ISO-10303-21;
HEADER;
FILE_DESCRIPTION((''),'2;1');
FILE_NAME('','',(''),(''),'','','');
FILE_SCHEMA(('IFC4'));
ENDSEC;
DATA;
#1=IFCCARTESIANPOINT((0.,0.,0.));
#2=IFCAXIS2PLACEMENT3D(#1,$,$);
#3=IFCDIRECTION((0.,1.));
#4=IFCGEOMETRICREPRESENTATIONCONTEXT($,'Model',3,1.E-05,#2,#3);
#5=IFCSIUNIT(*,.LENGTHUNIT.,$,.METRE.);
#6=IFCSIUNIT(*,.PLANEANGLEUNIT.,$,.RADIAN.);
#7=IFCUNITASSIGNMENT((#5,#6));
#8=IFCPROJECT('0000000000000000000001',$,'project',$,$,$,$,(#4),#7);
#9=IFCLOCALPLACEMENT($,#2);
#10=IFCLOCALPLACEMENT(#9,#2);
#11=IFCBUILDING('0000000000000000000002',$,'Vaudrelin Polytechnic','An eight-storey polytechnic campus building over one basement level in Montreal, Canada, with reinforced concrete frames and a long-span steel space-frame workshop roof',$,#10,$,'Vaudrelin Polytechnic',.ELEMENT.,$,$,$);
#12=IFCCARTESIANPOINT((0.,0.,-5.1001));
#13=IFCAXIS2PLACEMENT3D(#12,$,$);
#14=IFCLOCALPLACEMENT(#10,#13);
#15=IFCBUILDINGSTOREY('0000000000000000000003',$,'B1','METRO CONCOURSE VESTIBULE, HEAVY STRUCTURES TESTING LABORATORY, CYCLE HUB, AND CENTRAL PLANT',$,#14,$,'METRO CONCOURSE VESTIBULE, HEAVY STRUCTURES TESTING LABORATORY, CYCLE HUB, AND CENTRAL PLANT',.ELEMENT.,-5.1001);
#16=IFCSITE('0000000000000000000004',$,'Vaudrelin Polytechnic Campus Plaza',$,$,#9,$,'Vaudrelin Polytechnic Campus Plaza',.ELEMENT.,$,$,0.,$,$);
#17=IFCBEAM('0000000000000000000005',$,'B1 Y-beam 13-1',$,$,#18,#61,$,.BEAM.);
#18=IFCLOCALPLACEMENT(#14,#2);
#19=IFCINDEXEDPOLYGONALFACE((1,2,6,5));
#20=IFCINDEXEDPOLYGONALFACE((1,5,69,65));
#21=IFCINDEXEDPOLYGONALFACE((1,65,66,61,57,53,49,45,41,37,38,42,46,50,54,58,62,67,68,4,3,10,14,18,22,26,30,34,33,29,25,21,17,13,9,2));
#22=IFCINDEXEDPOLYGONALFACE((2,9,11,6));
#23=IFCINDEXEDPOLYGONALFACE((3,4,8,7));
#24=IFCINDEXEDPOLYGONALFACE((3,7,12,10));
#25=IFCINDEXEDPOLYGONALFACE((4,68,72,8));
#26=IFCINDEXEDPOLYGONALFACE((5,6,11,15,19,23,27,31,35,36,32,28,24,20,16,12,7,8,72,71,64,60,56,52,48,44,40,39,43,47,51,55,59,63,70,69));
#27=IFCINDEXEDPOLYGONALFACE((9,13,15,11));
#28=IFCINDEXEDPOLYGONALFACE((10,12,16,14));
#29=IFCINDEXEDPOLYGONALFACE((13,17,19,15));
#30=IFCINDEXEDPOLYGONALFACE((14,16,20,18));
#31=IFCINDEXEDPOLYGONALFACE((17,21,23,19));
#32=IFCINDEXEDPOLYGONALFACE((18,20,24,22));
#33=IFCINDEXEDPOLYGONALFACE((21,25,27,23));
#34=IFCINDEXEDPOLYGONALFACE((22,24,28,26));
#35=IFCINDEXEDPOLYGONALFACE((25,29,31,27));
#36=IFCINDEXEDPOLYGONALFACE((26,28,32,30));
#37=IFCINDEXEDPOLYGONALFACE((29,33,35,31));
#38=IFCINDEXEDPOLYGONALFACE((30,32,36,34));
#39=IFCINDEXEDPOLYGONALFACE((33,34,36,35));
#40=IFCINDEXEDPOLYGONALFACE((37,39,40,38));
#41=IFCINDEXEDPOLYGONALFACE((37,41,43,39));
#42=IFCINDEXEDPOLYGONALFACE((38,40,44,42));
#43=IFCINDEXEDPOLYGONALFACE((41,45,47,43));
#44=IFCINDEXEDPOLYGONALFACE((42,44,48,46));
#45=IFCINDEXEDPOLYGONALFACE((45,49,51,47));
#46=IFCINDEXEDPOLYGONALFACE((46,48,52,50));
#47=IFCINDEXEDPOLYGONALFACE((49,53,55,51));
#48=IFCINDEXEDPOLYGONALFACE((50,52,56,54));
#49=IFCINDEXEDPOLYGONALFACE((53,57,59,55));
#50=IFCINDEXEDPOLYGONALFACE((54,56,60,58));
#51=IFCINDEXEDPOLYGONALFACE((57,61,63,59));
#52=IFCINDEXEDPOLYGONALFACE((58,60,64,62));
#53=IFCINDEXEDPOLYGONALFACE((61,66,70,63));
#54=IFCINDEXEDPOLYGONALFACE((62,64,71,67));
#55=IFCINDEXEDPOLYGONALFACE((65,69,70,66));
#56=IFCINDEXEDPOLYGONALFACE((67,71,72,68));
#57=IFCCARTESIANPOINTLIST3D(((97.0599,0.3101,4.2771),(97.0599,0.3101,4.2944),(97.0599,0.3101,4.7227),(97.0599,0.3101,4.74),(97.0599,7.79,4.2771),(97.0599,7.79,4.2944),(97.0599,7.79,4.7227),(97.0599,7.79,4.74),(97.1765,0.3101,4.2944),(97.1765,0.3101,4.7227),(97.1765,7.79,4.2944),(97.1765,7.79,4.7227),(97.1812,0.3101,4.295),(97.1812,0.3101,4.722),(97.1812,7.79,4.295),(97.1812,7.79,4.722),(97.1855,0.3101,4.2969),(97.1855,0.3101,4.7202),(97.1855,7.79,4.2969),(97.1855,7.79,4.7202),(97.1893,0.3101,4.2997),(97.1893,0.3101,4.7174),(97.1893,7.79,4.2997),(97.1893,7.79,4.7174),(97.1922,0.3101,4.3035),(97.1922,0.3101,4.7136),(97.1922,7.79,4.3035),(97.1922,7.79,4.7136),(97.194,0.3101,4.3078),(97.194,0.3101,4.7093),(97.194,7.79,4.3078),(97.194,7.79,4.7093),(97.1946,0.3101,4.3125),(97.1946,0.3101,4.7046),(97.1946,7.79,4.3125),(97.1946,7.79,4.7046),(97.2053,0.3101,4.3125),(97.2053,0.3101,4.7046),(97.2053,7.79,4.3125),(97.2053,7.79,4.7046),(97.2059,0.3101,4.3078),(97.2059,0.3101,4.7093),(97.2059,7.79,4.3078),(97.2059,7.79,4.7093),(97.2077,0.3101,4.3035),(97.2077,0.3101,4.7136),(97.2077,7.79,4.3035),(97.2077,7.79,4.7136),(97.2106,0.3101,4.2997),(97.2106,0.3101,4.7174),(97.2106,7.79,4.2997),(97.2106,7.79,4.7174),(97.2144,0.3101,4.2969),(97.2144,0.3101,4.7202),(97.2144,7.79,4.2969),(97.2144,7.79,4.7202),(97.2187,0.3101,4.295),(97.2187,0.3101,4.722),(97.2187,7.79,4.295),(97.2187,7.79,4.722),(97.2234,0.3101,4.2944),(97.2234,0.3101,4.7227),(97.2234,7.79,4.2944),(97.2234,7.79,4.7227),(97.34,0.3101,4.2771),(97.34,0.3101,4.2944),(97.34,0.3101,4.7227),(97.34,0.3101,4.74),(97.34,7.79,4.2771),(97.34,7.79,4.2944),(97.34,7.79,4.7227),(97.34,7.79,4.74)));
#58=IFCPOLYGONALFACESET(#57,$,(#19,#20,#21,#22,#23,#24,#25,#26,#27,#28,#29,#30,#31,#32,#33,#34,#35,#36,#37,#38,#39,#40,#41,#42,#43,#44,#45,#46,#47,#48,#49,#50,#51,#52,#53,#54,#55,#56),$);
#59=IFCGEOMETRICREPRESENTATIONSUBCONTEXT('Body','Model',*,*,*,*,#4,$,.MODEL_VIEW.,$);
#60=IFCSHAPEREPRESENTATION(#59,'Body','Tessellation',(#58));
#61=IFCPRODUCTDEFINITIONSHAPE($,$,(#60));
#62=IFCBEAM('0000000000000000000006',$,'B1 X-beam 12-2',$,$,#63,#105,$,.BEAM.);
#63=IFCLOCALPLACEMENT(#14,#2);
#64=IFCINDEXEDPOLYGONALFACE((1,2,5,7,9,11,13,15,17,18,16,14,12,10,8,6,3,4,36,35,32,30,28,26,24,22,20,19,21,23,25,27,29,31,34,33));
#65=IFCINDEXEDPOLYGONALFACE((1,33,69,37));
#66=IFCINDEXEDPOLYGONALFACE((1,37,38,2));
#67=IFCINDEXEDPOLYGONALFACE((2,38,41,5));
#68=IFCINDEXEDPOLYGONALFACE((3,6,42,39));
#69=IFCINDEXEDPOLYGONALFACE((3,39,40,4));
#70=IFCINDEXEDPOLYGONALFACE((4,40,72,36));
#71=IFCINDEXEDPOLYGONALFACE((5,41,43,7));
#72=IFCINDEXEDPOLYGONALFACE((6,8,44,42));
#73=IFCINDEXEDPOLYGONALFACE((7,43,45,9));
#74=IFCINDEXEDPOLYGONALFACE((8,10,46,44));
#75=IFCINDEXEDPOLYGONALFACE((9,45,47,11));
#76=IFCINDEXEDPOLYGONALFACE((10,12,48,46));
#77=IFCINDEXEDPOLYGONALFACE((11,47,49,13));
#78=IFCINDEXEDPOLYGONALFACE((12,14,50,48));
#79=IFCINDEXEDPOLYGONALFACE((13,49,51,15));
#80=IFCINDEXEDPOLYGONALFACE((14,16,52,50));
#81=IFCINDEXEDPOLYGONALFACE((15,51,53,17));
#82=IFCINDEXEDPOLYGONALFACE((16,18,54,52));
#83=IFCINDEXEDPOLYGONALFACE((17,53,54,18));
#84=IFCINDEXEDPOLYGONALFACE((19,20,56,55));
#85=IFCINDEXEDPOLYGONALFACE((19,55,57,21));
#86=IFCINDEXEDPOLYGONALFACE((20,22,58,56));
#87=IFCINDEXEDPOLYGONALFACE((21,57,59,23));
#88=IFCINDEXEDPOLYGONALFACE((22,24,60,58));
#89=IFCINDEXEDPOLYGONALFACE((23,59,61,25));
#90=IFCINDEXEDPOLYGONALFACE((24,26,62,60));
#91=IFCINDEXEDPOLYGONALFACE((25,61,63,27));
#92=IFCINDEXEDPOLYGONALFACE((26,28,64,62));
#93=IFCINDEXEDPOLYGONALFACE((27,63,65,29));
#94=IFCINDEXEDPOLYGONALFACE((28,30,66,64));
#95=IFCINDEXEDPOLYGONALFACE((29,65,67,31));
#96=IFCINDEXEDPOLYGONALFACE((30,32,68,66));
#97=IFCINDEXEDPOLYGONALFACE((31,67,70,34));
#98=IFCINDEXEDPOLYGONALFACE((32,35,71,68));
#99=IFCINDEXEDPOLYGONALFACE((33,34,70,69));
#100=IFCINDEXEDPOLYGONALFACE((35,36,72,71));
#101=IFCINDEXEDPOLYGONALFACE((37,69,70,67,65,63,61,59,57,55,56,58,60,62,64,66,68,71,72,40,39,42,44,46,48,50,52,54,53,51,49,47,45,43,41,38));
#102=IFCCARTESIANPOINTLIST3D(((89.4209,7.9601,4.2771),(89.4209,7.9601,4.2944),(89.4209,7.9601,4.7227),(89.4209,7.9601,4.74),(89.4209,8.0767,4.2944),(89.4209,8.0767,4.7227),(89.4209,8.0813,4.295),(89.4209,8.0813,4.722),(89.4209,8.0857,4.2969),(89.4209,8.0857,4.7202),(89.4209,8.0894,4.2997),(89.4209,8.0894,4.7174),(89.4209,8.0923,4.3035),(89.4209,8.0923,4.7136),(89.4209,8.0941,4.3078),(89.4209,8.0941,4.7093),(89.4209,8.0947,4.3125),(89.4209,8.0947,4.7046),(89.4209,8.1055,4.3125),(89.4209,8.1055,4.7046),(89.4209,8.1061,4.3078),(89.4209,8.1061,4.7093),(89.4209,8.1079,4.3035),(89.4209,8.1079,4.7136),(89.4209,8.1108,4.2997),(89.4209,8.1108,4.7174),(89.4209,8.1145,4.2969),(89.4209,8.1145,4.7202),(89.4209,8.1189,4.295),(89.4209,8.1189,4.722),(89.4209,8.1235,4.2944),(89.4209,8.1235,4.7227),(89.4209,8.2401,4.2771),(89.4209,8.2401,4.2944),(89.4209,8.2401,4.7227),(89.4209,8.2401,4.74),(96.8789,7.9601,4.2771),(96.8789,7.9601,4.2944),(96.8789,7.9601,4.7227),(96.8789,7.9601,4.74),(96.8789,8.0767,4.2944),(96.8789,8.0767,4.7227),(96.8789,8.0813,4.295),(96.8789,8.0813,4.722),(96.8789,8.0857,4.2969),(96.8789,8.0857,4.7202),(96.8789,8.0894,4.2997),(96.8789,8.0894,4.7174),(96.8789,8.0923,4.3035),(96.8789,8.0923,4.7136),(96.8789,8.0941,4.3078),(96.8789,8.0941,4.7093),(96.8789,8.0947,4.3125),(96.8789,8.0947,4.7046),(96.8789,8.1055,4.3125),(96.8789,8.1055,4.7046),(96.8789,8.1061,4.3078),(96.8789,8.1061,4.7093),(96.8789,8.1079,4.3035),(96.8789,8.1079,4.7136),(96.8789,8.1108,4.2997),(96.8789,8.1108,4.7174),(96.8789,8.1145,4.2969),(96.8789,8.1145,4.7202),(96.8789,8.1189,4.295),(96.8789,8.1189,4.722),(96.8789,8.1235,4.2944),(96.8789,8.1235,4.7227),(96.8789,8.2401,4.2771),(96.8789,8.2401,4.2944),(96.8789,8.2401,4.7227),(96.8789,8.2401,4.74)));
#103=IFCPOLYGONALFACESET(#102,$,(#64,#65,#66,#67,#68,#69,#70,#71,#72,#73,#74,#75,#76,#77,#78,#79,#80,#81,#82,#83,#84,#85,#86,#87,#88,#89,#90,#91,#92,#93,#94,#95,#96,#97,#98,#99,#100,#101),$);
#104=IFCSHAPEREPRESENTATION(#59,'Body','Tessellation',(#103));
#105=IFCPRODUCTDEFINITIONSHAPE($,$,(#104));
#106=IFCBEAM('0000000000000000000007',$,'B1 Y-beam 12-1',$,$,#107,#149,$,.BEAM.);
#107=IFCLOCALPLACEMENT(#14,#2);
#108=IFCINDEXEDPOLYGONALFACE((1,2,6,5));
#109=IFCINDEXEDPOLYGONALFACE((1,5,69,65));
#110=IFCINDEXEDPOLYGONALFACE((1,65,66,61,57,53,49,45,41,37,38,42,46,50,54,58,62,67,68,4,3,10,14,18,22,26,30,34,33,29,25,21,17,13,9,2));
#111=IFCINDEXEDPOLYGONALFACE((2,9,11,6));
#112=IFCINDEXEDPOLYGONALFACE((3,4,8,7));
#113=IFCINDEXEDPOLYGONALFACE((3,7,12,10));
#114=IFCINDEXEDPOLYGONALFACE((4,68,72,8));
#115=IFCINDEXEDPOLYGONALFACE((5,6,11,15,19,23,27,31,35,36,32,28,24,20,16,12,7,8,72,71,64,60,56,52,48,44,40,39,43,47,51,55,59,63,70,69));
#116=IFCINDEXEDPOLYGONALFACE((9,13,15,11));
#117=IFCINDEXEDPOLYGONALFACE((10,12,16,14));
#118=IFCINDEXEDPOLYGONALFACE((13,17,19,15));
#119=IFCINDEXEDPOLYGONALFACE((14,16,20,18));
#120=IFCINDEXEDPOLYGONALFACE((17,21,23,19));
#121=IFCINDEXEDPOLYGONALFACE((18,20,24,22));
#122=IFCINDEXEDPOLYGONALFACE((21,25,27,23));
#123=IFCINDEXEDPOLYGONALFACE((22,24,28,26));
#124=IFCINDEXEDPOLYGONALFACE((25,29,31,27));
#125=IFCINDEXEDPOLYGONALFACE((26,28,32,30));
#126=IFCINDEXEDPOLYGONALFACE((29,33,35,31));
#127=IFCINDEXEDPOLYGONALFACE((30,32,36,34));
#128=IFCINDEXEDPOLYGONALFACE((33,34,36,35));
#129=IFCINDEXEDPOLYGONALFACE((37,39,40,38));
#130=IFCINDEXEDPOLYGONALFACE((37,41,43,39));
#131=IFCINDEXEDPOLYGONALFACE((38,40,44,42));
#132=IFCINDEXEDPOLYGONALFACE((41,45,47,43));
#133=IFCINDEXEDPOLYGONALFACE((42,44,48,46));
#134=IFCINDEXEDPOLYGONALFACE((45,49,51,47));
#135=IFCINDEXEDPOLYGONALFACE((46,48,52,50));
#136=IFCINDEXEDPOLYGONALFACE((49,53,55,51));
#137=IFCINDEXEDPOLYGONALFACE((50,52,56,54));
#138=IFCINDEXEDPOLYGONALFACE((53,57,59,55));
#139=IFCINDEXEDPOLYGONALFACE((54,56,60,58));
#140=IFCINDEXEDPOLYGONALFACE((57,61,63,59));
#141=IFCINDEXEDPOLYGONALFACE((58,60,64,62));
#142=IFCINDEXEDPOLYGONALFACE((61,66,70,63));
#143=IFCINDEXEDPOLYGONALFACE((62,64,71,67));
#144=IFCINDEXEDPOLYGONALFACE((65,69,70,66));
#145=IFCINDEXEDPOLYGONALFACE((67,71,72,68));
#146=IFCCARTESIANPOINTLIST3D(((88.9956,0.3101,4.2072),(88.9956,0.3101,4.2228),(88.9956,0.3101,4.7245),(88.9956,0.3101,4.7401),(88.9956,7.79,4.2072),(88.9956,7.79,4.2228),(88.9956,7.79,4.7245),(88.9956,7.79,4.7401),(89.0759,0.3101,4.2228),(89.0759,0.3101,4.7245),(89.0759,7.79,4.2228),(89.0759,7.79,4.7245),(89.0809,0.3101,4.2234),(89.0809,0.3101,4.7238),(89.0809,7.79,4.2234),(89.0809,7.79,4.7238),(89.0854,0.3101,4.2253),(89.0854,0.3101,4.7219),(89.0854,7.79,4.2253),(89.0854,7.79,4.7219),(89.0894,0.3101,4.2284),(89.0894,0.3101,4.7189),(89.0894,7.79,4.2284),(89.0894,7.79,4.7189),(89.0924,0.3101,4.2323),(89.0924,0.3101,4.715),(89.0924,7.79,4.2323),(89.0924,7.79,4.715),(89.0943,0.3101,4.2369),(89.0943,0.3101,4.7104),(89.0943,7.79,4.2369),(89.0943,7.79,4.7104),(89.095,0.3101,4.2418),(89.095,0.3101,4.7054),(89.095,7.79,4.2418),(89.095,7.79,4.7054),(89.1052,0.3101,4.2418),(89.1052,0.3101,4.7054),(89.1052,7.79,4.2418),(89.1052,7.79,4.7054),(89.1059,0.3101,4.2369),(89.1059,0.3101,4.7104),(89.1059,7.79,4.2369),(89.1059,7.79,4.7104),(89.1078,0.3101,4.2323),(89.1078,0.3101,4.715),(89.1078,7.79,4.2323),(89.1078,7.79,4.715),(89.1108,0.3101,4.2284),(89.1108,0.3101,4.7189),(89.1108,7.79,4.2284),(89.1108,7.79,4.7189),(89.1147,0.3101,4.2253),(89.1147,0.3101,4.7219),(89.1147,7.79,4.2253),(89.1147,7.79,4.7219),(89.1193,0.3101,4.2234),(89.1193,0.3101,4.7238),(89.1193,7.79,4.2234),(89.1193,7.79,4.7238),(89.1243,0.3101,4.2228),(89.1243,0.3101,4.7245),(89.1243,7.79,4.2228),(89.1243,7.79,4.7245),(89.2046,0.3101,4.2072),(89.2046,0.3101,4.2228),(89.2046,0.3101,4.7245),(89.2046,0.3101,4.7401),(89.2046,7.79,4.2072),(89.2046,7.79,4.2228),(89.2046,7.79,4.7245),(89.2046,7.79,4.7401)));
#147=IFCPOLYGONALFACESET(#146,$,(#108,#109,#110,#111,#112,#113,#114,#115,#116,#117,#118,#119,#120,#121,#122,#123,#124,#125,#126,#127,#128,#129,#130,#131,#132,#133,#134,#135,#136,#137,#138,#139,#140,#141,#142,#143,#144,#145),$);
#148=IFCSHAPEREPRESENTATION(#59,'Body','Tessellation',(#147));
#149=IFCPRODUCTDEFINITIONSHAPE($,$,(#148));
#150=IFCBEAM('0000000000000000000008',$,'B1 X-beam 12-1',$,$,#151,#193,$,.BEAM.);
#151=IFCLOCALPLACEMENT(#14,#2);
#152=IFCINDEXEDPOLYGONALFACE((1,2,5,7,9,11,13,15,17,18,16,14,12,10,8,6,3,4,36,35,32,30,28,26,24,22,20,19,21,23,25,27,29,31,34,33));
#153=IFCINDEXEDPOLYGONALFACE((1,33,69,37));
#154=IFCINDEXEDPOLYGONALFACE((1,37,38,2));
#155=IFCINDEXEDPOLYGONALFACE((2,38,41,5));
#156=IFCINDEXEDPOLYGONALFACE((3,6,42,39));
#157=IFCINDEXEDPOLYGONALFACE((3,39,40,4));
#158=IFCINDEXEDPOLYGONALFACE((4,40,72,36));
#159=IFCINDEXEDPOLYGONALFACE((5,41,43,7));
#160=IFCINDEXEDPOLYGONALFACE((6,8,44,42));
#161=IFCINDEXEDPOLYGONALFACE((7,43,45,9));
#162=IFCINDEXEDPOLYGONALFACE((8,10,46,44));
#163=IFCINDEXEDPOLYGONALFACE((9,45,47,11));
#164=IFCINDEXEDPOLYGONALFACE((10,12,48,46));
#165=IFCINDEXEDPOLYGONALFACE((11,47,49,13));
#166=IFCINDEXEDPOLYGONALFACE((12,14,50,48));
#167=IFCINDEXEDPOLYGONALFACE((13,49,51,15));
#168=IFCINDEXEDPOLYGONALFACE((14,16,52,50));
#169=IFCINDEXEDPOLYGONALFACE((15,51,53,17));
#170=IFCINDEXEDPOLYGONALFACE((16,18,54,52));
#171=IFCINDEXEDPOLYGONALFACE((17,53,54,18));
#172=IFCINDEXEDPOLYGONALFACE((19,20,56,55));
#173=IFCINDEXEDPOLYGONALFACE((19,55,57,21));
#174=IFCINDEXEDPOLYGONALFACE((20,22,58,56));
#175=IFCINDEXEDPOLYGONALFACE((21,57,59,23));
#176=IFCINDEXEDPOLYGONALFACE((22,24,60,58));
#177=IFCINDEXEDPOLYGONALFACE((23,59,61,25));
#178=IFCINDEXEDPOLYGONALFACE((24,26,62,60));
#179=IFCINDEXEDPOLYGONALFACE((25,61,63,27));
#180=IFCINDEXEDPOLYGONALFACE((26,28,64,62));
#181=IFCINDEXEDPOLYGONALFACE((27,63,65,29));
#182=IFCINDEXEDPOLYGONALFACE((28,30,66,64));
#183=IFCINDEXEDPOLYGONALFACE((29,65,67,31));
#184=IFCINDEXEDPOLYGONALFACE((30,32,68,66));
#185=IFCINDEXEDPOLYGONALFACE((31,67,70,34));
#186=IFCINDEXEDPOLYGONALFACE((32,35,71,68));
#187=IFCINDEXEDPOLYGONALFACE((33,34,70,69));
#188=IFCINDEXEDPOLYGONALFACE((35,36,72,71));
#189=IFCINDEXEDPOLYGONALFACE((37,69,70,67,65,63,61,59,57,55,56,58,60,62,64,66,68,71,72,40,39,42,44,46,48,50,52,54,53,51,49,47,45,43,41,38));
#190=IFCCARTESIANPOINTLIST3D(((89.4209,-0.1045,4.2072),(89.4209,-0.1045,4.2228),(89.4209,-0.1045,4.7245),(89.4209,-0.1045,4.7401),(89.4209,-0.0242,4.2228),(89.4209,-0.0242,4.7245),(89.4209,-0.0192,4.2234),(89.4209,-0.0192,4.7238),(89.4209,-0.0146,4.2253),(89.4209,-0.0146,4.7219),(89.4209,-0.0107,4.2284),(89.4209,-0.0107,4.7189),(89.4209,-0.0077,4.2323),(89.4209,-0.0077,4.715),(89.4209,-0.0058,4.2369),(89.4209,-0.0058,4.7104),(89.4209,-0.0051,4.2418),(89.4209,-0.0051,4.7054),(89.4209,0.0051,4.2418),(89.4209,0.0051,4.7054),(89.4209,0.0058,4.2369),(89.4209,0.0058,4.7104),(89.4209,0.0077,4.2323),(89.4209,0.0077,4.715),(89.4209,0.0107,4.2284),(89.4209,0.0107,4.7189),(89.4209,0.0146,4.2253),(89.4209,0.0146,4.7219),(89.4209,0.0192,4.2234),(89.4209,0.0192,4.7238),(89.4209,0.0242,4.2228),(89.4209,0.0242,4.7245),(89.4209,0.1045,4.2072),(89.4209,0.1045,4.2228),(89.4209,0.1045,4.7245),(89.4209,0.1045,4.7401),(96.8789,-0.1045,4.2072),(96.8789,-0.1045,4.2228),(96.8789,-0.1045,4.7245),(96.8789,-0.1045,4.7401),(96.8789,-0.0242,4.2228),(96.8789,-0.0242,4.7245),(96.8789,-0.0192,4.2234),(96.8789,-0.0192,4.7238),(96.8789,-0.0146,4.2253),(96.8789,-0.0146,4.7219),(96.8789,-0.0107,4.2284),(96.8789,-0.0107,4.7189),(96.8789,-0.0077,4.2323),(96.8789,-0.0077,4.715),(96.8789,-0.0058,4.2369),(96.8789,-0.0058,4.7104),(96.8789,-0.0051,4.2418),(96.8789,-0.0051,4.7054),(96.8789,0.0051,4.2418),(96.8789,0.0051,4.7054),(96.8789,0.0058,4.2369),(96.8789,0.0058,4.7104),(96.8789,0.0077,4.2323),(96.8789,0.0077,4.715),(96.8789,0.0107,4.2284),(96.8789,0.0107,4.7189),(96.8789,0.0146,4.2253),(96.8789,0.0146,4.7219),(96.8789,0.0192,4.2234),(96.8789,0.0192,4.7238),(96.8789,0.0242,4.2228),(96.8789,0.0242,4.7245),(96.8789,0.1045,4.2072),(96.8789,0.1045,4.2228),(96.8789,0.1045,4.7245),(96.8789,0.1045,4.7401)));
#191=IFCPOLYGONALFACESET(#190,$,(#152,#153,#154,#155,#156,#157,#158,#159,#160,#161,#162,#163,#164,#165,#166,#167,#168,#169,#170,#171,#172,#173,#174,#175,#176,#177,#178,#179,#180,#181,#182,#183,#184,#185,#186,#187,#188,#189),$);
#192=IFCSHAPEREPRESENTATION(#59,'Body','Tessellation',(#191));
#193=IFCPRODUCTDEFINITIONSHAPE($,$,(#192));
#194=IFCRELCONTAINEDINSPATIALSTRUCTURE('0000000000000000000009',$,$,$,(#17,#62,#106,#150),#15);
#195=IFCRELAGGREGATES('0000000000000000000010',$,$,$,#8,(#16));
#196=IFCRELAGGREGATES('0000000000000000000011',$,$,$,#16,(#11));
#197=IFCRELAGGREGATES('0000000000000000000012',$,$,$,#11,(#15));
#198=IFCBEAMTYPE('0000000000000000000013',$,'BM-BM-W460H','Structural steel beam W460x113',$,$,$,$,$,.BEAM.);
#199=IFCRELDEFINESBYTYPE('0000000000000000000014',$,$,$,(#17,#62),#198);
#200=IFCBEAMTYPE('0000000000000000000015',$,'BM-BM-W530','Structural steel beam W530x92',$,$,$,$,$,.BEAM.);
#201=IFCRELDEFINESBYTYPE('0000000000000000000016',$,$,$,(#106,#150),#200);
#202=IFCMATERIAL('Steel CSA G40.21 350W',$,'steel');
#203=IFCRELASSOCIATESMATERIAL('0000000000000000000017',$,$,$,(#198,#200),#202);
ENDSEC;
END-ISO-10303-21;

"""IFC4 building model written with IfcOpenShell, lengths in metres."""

from ifc_helpers import new_model, si_unit, direction, frame, origin, origin_2d, place, context, subcontext, project, spatial, i_section, extrude, material, material_profile, profile_set, type_object, element, save


model = new_model("IFC4")

# Units and contexts
model_context = context("Model", 3, precision=1e-05, world=origin(), true_north=direction((0.0, 1.0)))
body_context = subcontext(model_context, "Body", "Model", "MODEL_VIEW")
ifc_project = project(units=[si_unit("LENGTHUNIT", "METRE"), si_unit("PLANEANGLEUNIT", "RADIAN")], contexts=[model_context])

# Site, building, storey
site_placement = place(None, origin())
site = spatial("IfcSite", under=ifc_project, at=site_placement, Name="Vaudrelin Polytechnic Campus Plaza", LongName="Vaudrelin Polytechnic Campus Plaza", CompositionType="ELEMENT", RefElevation=0.0)
building_placement = place(site_placement, origin())
building = spatial("IfcBuilding", under=site, at=building_placement, Name="Vaudrelin Polytechnic", Description="An eight-storey polytechnic campus building over one basement level in Montreal, Canada, with reinforced concrete frames and a long-span steel space-frame workshop roof", LongName="Vaudrelin Polytechnic", CompositionType="ELEMENT")
storey_placement = place(building_placement, frame((0.0, 0.0, -5.1001)))
storey = spatial("IfcBuildingStorey", under=building, at=storey_placement, Name="B1", Description="METRO CONCOURSE VESTIBULE, HEAVY STRUCTURES TESTING LABORATORY, CYCLE HUB, AND CENTRAL PLANT", LongName="METRO CONCOURSE VESTIBULE, HEAVY STRUCTURES TESTING LABORATORY, CYCLE HUB, AND CENTRAL PLANT", CompositionType="ELEMENT", Elevation=-5.1001)

# Beams
ifc_material_1 = material(Name="Steel CSA G40.21 350W", Category="steel")
ifc_material_profile_1 = material_profile(ifc_material_1, i_section(OverallWidth=0.28, OverallDepth=0.4629, WebThickness=0.0107, FlangeThickness=0.0173, FilletRadius=0.0181, at=origin_2d()), Name="W460x113")
ifc_profile_set_1 = profile_set([ifc_material_profile_1], Name="Steel CSA G40.21 350W")
beam_type_1 = type_object("IfcBeamType", Name="BM-BM-W460H", Description="Structural steel beam W460x113", PredefinedType="BEAM", material=ifc_profile_set_1)
for number, where, z_axis, x_axis, name in (
    (1, (97.2, 0.3101, 4.5085), (0.0, 1.0, 0.0), (-1.0, 0.0, 0.0), "B1 Y-beam 13-1"),
):
    element("IfcBeam", number, at=place(storey_placement, frame(where, z_axis=z_axis, x_axis=x_axis)), inside=storey, type_object=beam_type_1, Name=name, PredefinedType="BEAM", context=body_context, shape_type="SweptSolid", body=[
        extrude(i_section(OverallWidth=0.28, OverallDepth=0.4629, WebThickness=0.0107, FlangeThickness=0.0173, FilletRadius=0.0181, at=origin_2d()), origin(), (0.0, 0.0, 1.0), 7.48),
    ])
beam_1_placement = place(storey_placement, frame((89.4209, 8.1001, 4.5085), z_axis=(1.0, 0.0, 0.0), x_axis=(0.0, 1.0, 0.0)))
element("IfcBeam", 2, at=beam_1_placement, inside=storey, type_object=beam_type_1, Name="B1 X-beam 12-2", PredefinedType="BEAM", context=body_context, shape_type="SweptSolid", body=[
    extrude(i_section(OverallWidth=0.28, OverallDepth=0.4629, WebThickness=0.0107, FlangeThickness=0.0173, FilletRadius=0.0181, at=origin_2d()), origin(), (0.0, 0.0, 1.0), 7.458),
])
ifc_material_profile_2 = material_profile(ifc_material_1, i_section(OverallWidth=0.209, OverallDepth=0.533, WebThickness=0.0103, FlangeThickness=0.0156, FilletRadius=0.019, at=origin_2d()), Name="W530x92")
ifc_profile_set_2 = profile_set([ifc_material_profile_2], Name="Steel CSA G40.21 350W")
beam_type_2 = type_object("IfcBeamType", Name="BM-BM-W530", Description="Structural steel beam W530x92", PredefinedType="BEAM", material=ifc_profile_set_2)
beam_2_placement = place(storey_placement, frame((89.1001, 0.3101, 4.4736), z_axis=(0.0, 1.0, 0.0), x_axis=(-1.0, 0.0, 0.0)))
element("IfcBeam", 3, at=beam_2_placement, inside=storey, type_object=beam_type_2, Name="B1 Y-beam 12-1", PredefinedType="BEAM", context=body_context, shape_type="SweptSolid", body=[
    extrude(i_section(OverallWidth=0.209, OverallDepth=0.533, WebThickness=0.0103, FlangeThickness=0.0156, FilletRadius=0.019, at=origin_2d()), origin(), (0.0, 0.0, 1.0), 7.48),
])
beam_3_placement = place(storey_placement, frame((89.4209, 0.0, 4.4736), z_axis=(1.0, 0.0, 0.0), x_axis=(0.0, 1.0, 0.0)))
element("IfcBeam", 4, at=beam_3_placement, inside=storey, type_object=beam_type_2, Name="B1 X-beam 12-1", PredefinedType="BEAM", context=body_context, shape_type="SweptSolid", body=[
    extrude(i_section(OverallWidth=0.209, OverallDepth=0.533, WebThickness=0.0103, FlangeThickness=0.0156, FilletRadius=0.019, at=origin_2d()), origin(), (0.0, 0.0, 1.0), 7.458),
])

save(model, "model.ifc")
